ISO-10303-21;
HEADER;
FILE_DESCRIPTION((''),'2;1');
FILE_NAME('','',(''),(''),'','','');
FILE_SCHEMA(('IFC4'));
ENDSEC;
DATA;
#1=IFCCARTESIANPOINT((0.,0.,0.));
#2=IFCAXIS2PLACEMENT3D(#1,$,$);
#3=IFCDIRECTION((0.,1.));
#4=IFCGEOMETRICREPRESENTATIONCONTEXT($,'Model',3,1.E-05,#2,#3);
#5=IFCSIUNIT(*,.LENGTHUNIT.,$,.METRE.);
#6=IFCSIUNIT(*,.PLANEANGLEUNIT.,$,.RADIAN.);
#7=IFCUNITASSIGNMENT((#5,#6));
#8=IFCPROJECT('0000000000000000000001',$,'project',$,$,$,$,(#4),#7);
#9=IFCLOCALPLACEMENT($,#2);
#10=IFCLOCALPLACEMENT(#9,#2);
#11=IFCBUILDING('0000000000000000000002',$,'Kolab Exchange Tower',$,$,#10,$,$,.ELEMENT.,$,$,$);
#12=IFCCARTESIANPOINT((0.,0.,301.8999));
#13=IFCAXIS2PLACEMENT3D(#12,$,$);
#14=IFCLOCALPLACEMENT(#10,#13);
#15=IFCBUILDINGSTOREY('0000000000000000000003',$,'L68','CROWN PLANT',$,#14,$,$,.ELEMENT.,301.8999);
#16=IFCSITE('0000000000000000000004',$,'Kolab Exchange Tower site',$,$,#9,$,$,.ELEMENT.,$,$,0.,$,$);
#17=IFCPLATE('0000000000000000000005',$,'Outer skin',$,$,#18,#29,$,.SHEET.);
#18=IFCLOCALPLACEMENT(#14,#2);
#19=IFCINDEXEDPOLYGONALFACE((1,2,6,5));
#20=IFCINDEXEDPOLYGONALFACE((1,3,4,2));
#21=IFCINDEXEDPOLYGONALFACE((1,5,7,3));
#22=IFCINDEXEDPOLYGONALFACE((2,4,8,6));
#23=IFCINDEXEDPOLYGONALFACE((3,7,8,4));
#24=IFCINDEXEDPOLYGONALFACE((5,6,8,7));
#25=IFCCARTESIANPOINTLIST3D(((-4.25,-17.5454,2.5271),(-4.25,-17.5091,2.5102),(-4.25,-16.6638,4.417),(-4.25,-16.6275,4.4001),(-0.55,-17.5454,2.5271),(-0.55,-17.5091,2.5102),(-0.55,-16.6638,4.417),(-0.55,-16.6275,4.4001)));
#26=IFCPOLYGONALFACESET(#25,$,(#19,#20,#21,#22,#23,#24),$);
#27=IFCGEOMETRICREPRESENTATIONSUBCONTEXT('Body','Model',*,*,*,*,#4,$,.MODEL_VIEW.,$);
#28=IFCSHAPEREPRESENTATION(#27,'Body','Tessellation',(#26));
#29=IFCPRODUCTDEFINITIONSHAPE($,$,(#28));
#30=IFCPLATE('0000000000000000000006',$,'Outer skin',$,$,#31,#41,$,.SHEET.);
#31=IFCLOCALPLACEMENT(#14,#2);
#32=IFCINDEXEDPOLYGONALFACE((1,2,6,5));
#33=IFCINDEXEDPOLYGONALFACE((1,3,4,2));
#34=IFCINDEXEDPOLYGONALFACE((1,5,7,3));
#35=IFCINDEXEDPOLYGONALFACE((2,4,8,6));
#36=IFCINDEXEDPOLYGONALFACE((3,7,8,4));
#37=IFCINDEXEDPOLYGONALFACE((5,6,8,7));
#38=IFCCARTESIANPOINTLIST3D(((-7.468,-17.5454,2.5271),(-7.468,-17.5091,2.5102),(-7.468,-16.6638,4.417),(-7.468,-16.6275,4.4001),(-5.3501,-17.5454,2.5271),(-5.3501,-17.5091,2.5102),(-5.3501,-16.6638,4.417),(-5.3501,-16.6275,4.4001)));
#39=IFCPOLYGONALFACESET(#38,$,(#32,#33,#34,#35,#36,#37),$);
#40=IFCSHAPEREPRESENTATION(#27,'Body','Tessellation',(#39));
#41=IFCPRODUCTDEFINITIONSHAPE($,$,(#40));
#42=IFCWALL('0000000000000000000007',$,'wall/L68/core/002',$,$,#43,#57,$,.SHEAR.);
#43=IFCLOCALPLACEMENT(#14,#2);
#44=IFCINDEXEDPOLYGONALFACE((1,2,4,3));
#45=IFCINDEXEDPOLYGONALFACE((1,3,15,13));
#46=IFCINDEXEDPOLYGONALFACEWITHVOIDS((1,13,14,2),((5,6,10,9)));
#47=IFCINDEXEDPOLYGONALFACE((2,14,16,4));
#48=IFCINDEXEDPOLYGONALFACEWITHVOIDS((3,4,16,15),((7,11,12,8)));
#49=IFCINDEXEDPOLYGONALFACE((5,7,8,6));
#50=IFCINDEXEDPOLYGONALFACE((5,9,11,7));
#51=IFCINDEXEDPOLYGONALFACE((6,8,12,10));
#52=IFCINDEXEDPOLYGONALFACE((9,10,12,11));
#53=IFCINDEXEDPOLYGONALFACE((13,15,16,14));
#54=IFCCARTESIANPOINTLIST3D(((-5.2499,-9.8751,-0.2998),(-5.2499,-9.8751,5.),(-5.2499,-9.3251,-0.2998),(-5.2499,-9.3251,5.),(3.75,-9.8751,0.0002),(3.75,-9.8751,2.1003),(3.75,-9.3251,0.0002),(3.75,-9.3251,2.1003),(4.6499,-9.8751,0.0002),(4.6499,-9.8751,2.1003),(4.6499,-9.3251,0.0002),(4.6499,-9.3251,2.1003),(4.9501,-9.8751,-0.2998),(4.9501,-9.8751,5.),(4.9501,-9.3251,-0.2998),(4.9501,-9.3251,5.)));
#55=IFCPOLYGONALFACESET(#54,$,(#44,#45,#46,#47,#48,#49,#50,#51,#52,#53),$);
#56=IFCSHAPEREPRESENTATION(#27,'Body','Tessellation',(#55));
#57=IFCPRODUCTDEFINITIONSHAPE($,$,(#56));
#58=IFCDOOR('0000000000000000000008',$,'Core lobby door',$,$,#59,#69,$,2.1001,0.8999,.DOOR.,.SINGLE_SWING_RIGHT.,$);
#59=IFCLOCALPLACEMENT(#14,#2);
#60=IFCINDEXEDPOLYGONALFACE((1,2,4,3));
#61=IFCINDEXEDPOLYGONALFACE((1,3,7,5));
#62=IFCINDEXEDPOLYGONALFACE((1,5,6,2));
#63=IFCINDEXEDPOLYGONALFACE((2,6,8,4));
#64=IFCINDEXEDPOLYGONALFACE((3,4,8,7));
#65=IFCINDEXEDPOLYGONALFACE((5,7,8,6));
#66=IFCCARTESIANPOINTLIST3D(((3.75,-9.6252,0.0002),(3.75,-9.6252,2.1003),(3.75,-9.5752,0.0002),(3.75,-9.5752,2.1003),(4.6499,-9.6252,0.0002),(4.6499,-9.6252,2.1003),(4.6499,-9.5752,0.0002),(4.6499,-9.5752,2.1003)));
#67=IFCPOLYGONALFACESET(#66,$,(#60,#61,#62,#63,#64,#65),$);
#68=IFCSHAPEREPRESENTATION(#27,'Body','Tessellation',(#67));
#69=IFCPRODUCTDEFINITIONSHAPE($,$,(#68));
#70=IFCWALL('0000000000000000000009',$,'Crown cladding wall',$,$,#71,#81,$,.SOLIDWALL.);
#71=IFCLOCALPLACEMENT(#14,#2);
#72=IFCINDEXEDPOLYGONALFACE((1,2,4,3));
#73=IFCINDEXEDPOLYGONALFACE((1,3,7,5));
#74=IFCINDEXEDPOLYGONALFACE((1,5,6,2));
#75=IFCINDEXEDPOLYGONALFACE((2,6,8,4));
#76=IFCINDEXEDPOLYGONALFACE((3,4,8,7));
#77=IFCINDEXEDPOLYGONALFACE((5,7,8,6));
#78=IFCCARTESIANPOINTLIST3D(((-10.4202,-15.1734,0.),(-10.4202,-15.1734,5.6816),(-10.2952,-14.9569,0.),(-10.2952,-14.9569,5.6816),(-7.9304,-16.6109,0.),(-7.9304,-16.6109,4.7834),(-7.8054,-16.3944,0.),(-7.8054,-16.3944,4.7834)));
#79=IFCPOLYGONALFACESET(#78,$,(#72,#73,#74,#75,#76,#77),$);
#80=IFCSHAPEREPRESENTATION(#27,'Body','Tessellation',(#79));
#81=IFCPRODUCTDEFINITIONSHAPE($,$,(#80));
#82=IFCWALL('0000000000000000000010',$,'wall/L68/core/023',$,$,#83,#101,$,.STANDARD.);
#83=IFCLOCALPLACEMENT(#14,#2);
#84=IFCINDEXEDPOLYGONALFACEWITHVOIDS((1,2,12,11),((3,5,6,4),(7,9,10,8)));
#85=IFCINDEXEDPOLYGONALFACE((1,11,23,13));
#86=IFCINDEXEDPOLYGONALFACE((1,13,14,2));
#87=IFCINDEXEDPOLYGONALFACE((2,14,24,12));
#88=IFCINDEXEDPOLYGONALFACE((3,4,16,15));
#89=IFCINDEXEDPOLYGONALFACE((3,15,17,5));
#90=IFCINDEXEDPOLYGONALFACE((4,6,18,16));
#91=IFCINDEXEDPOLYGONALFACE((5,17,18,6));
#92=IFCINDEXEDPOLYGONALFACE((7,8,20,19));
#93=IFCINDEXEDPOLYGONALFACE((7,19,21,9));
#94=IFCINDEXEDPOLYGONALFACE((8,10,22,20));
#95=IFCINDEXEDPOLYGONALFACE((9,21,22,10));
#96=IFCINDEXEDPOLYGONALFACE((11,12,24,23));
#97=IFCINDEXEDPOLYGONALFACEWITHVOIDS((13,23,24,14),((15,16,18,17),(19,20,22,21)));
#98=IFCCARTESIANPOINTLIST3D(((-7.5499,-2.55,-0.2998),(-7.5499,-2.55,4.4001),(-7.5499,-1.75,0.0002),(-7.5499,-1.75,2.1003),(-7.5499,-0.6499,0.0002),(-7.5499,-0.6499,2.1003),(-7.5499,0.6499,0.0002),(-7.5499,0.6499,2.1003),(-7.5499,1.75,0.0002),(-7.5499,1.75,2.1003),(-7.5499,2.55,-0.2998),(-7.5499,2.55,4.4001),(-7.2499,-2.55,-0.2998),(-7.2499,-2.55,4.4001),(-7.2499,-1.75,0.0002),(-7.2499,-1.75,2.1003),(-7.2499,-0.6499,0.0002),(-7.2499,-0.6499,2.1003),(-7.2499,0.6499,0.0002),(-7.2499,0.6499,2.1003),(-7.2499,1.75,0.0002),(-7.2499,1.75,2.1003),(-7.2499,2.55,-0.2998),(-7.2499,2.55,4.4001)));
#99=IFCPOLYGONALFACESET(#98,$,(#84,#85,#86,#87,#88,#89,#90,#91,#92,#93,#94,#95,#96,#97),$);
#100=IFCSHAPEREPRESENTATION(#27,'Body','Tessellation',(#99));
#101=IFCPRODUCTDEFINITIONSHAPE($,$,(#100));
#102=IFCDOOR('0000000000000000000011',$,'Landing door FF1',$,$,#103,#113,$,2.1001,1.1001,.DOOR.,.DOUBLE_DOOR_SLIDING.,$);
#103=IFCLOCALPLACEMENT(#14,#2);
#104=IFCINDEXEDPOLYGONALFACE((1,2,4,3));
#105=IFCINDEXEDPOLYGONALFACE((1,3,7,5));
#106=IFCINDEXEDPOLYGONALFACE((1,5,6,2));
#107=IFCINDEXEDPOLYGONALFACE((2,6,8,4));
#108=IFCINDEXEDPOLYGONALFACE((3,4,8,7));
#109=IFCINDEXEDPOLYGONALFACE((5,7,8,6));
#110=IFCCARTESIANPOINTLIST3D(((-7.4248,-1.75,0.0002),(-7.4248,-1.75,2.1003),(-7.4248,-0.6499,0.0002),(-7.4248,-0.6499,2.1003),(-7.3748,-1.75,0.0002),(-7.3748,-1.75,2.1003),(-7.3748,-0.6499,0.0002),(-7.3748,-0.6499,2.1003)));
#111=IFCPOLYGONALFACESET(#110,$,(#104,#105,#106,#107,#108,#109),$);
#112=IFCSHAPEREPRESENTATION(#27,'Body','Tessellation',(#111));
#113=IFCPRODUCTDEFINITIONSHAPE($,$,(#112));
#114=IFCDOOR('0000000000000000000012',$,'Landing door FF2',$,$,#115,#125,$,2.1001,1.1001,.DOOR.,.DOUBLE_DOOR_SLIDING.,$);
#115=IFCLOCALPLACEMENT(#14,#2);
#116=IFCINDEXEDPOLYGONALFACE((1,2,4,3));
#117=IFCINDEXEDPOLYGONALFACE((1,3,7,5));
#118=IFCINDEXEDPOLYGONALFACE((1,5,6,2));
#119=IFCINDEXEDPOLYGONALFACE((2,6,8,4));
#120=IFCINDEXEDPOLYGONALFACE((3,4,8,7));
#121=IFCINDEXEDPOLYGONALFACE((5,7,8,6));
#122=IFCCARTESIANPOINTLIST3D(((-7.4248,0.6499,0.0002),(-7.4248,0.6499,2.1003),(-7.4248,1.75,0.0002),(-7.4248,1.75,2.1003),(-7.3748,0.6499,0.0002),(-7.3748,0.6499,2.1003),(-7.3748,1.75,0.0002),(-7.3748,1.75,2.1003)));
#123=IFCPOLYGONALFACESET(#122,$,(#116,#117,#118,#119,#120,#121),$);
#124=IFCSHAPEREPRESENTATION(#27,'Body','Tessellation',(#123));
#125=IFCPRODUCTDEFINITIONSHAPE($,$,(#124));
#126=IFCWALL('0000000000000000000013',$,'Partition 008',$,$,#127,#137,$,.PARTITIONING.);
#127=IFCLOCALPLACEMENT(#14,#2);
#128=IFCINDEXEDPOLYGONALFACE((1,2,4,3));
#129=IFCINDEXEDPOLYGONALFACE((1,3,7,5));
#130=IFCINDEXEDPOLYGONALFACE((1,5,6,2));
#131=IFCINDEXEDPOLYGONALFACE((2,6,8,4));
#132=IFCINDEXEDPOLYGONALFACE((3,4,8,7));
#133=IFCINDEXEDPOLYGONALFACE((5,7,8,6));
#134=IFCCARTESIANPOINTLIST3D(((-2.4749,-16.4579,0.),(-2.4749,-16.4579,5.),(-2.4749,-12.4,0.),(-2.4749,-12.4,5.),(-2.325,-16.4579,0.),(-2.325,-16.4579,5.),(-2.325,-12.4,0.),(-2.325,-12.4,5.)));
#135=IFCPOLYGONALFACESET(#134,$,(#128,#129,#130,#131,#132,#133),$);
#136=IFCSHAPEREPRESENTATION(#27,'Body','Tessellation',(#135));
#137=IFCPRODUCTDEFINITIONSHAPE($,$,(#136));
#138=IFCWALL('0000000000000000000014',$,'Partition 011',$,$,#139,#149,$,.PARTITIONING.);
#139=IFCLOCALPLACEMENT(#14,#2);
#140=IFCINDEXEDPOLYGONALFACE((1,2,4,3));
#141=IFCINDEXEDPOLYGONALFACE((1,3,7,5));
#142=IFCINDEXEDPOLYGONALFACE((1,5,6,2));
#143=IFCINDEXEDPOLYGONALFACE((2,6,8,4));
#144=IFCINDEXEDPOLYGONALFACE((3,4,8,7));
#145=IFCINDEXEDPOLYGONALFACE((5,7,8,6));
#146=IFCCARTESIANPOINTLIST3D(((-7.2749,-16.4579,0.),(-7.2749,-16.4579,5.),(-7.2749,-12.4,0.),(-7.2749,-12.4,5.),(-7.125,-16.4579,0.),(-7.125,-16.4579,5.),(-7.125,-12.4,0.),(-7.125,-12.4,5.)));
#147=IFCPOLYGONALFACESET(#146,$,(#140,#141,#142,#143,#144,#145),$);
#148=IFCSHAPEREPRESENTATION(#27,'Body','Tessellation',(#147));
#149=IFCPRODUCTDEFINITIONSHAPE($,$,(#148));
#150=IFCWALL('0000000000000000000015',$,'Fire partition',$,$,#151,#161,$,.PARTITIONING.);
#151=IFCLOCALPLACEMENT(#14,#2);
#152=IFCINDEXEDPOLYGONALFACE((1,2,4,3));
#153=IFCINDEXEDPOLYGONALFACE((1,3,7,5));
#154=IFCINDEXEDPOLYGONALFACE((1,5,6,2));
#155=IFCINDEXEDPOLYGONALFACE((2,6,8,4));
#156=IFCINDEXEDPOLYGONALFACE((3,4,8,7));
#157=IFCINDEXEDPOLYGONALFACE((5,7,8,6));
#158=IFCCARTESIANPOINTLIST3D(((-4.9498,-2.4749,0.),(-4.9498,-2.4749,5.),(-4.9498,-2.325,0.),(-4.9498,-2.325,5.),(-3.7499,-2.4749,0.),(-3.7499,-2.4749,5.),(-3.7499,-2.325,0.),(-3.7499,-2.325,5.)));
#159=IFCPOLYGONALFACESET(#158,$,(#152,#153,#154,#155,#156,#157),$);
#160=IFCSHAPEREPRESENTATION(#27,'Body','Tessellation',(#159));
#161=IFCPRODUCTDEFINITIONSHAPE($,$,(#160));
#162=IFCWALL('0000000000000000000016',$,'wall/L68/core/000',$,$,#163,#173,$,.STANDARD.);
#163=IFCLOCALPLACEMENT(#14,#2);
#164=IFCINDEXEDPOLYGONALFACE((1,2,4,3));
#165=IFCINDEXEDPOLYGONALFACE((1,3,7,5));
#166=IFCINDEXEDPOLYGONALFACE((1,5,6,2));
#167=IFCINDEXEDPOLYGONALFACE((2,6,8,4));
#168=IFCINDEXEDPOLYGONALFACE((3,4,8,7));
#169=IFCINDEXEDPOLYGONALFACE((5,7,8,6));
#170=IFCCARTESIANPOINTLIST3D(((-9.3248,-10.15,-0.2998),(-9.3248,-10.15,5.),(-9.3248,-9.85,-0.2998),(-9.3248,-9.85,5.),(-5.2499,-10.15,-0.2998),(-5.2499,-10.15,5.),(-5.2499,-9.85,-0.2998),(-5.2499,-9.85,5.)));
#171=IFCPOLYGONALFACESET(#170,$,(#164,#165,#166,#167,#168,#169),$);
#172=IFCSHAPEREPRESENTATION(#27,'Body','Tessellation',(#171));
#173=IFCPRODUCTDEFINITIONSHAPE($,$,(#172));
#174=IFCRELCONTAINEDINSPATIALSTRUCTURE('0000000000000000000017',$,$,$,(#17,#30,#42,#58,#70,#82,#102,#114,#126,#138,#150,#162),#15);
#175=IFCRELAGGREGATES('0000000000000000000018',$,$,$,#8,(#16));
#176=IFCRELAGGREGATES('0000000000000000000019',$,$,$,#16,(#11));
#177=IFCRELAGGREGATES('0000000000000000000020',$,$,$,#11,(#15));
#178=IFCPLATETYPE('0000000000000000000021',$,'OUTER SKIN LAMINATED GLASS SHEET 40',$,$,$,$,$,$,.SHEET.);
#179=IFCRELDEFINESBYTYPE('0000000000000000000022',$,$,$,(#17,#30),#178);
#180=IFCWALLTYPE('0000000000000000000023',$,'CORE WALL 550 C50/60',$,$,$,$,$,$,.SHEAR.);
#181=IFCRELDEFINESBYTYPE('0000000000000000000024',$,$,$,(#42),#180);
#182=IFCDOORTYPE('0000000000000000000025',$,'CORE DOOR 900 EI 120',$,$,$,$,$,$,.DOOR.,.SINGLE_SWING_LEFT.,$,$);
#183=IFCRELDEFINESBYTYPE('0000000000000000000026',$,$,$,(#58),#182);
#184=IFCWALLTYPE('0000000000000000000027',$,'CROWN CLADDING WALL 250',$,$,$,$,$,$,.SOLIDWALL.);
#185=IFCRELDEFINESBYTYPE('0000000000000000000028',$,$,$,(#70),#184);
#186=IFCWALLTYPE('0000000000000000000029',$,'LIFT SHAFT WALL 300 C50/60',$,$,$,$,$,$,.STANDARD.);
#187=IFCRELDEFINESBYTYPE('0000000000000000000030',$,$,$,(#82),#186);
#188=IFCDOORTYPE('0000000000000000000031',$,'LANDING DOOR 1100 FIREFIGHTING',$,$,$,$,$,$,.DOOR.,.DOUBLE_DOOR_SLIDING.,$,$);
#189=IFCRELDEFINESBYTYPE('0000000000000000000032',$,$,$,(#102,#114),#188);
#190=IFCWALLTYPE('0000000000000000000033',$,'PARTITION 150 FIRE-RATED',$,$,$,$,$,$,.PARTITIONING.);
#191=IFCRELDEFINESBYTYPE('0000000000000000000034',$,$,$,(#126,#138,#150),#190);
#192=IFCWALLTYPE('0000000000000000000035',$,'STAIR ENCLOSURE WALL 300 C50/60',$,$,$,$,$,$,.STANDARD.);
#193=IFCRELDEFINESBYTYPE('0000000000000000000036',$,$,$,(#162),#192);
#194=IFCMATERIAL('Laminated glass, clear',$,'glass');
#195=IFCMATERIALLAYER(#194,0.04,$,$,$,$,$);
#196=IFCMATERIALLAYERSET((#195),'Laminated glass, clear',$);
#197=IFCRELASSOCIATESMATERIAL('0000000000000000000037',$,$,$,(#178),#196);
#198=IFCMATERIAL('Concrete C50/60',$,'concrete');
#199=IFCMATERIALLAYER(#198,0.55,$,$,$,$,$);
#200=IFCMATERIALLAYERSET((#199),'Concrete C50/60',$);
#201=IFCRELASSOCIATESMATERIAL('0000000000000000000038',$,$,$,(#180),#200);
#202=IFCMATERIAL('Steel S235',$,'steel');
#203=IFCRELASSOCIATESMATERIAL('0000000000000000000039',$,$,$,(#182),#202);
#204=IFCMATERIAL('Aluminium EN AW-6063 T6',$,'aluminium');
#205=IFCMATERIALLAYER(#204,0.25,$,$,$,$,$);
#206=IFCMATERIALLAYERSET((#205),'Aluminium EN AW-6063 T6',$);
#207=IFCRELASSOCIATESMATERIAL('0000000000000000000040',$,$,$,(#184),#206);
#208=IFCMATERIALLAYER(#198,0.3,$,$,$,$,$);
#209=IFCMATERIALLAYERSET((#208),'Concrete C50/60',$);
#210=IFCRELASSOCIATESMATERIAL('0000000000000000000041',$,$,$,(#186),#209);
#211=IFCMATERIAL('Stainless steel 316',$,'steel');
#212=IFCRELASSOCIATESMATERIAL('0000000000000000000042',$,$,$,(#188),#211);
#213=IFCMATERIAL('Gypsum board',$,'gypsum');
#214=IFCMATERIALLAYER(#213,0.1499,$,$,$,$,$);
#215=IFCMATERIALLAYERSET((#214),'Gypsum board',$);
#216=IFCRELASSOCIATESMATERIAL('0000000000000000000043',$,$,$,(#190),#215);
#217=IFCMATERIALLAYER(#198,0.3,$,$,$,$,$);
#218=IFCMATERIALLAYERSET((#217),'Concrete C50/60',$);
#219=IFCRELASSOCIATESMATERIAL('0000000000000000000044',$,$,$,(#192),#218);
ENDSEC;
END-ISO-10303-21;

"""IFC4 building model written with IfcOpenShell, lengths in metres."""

from ifc_helpers import new_model, si_unit, direction, frame, frame_2d, origin, place, context, subcontext, project, spatial, polyline, rectangle, outline, extrude, material, layer, layer_set, type_object, element, fill, save


model = new_model("IFC4")

# Units and contexts
model_context = context("Model", 3, precision=1e-05, world=origin(), true_north=direction((0.0, 1.0)))
body_context = subcontext(model_context, "Body", "Model", "MODEL_VIEW")
ifc_project = project(units=[si_unit("LENGTHUNIT", "METRE"), si_unit("PLANEANGLEUNIT", "RADIAN")], contexts=[model_context])

# Site, building, storey
site_placement = place(None, origin())
site = spatial("IfcSite", under=ifc_project, at=site_placement, Name="Kolab Exchange Tower site", CompositionType="ELEMENT", RefElevation=0.0)
building_placement = place(site_placement, origin())
building = spatial("IfcBuilding", under=site, at=building_placement, Name="Kolab Exchange Tower", CompositionType="ELEMENT")
storey_placement = place(building_placement, frame((0.0, 0.0, 301.8999)))
storey = spatial("IfcBuildingStorey", under=building, at=storey_placement, Name="L68", Description="CROWN PLANT", CompositionType="ELEMENT", Elevation=301.8999)

# Shared definitions
ifc_material_1 = material(Name="Concrete C50/60", Category="concrete")

# Plates
ifc_material_2 = material(Name="Laminated glass, clear", Category="glass")
ifc_layer_1 = layer(ifc_material_2, 0.04)
ifc_layer_set_1 = layer_set([ifc_layer_1], Name="Laminated glass, clear")
plate_type = type_object("IfcPlateType", Name="OUTER SKIN LAMINATED GLASS SHEET 40", PredefinedType="SHEET", material=ifc_layer_set_1)
plate_1_placement = place(storey_placement, frame((-0.55, -17.5454, 2.5271), z_axis=(0.0, -0.906249, 0.422744), x_axis=(-1.0, 0.0, 0.0)))
element("IfcPlate", 1, at=plate_1_placement, inside=storey, type_object=plate_type, Name="Outer skin", PredefinedType="SHEET", context=body_context, shape_type="SweptSolid", body=[
    extrude(outline(polyline([(0.0, 0.0), (3.7, 0.0), (3.7, -2.0854), (0.0, -2.0854), (0.0, 0.0)])), origin(), (0.0, 0.0, -1.0), 0.04),
])
plate_2_placement = place(storey_placement, frame((-5.3501, -17.5454, 2.5271), z_axis=(0.0, -0.906249, 0.422744), x_axis=(-1.0, 0.0, 0.0)))
element("IfcPlate", 2, at=plate_2_placement, inside=storey, type_object=plate_type, Name="Outer skin", PredefinedType="SHEET", context=body_context, shape_type="SweptSolid", body=[
    extrude(outline(polyline([(0.0, 0.0), (2.1179, 0.0), (2.1179, -2.0854), (0.0, -2.0854), (0.0, 0.0)])), origin(), (0.0, 0.0, -1.0), 0.04),
])

# Wall, opening, door
ifc_layer_2 = layer(ifc_material_1, 0.55)
ifc_layer_set_2 = layer_set([ifc_layer_2], Name="Concrete C50/60")
wall_type_1 = type_object("IfcWallType", Name="CORE WALL 550 C50/60", PredefinedType="SHEAR", material=ifc_layer_set_2)
wall_1_placement = place(storey_placement, frame((-5.25, -9.6001, -0.2998), z_axis=(0.0, 0.0, 1.0), x_axis=(1.0, 0.0, 0.0)))
wall_1 = element("IfcWall", 3, at=wall_1_placement, inside=storey, type_object=wall_type_1, Name="wall/L68/core/002", PredefinedType="SHEAR", context=body_context, shape_type="SweptSolid", body=[
    extrude(rectangle(XDim=10.2, YDim=0.55, at=frame_2d((5.1001, 0.0))), origin(), (0.0, 0.0, 1.0), 5.2998),
])
opening_1_placement = place(wall_1_placement, frame((9.0, 0.0, 0.3)))
opening_1 = element("IfcOpeningElement", 4, at=opening_1_placement, cuts=wall_1, PredefinedType="OPENING", context=body_context, shape_type="SweptSolid", body=[
    extrude(rectangle(XDim=0.8999, YDim=2.1001, at=frame_2d((0.45, 1.05))), frame((0.0, 0.2852, 0.0), z_axis=(0.0, -1.0, 0.0), x_axis=(1.0, 0.0, 0.0)), (0.0, 0.0, 1.0), 0.5701),
])
ifc_material_3 = material(Name="Steel S235", Category="steel")
door_type_1 = type_object("IfcDoorType", Name="CORE DOOR 900 EI 120", OperationType="SINGLE_SWING_LEFT", PredefinedType="DOOR", material=ifc_material_3)
door_1_placement = place(opening_1_placement, origin())
door_1 = element("IfcDoor", 5, at=door_1_placement, inside=storey, type_object=door_type_1, Name="Core lobby door", OperationType="SINGLE_SWING_RIGHT", OverallHeight=2.1001, OverallWidth=0.8999, PredefinedType="DOOR", context=body_context, shape_type="SweptSolid", body=[
    extrude(rectangle(XDim=0.8999, YDim=2.1001, at=frame_2d((0.45, 1.05))), frame((0.0, 0.0249, 0.0), z_axis=(0.0, -1.0, 0.0), x_axis=(1.0, 0.0, 0.0)), (0.0, 0.0, 1.0), 0.05),
])
fill(opening_1, door_1)

# Wall
ifc_material_4 = material(Name="Aluminium EN AW-6063 T6", Category="aluminium")
ifc_layer_3 = layer(ifc_material_4, 0.25)
ifc_layer_set_3 = layer_set([ifc_layer_3], Name="Aluminium EN AW-6063 T6")
wall_type_2 = type_object("IfcWallType", Name="CROWN CLADDING WALL 250", PredefinedType="SOLIDWALL", material=ifc_layer_set_3)
wall_2_placement = place(storey_placement, frame((-7.8679, -16.5027, 0.0), z_axis=(0.0, 0.0, 1.0), x_axis=(-0.866019, 0.500012, 0.0)))
element("IfcWall", 6, at=wall_2_placement, inside=storey, type_object=wall_type_2, Name="Crown cladding wall", PredefinedType="SOLIDWALL", context=body_context, shape_type="SweptSolid", body=[
    extrude(outline(polyline([(0.0, 0.0), (2.875, 0.0), (2.875, 5.6816), (0.0, 4.7834), (0.0, 0.0)])), frame((0.0, 0.125, 0.0), z_axis=(0.0, -1.0, 0.0), x_axis=(1.0, 0.0, 0.0)), (0.0, 0.0, 1.0), 0.25),
])

# Wall, openings, doors
ifc_layer_4 = layer(ifc_material_1, 0.3)
ifc_layer_set_4 = layer_set([ifc_layer_4], Name="Concrete C50/60")
wall_type_3 = type_object("IfcWallType", Name="LIFT SHAFT WALL 300 C50/60", PredefinedType="STANDARD", material=ifc_layer_set_4)
wall_3_placement = place(storey_placement, frame((-7.3999, -2.55, -0.2998), z_axis=(0.0, 0.0, 1.0), x_axis=(0.0, 1.0, 0.0)))
wall_3 = element("IfcWall", 7, at=wall_3_placement, inside=storey, type_object=wall_type_3, Name="wall/L68/core/023", PredefinedType="STANDARD", context=body_context, shape_type="SweptSolid", body=[
    extrude(rectangle(XDim=5.1001, YDim=0.3, at=frame_2d((2.55, 0.0))), origin(), (0.0, 0.0, 1.0), 4.7),
])
opening_2_placement = place(wall_3_placement, frame((0.8, 0.0, 0.3)))
opening_2 = element("IfcOpeningElement", 8, at=opening_2_placement, cuts=wall_3, PredefinedType="OPENING", context=body_context, shape_type="SweptSolid", body=[
    extrude(rectangle(XDim=1.1001, YDim=2.1001, at=frame_2d((0.55, 1.05))), frame((0.0, 0.1602, 0.0), z_axis=(0.0, -1.0, 0.0), x_axis=(1.0, 0.0, 0.0)), (0.0, 0.0, 1.0), 0.3201),
])
opening_3_placement = place(wall_3_placement, frame((3.2, 0.0, 0.3)))
opening_3 = element("IfcOpeningElement", 9, at=opening_3_placement, cuts=wall_3, PredefinedType="OPENING", context=body_context, shape_type="SweptSolid", body=[
    extrude(rectangle(XDim=1.1001, YDim=2.1001, at=frame_2d((0.55, 1.05))), frame((0.0, 0.1602, 0.0), z_axis=(0.0, -1.0, 0.0), x_axis=(1.0, 0.0, 0.0)), (0.0, 0.0, 1.0), 0.3201),
])
ifc_material_5 = material(Name="Stainless steel 316", Category="steel")
door_type_2 = type_object("IfcDoorType", Name="LANDING DOOR 1100 FIREFIGHTING", OperationType="DOUBLE_DOOR_SLIDING", PredefinedType="DOOR", material=ifc_material_5)
door_2_placement = place(opening_2_placement, origin())
door_2 = element("IfcDoor", 10, at=door_2_placement, inside=storey, type_object=door_type_2, Name="Landing door FF1", OperationType="DOUBLE_DOOR_SLIDING", OverallHeight=2.1001, OverallWidth=1.1001, PredefinedType="DOOR", context=body_context, shape_type="SweptSolid", body=[
    extrude(rectangle(XDim=1.1001, YDim=2.1001, at=frame_2d((0.55, 1.05))), frame((0.0, 0.0249, 0.0), z_axis=(0.0, -1.0, 0.0), x_axis=(1.0, 0.0, 0.0)), (0.0, 0.0, 1.0), 0.05),
])
fill(opening_2, door_2)
door_3_placement = place(opening_3_placement, origin())
door_3 = element("IfcDoor", 11, at=door_3_placement, inside=storey, type_object=door_type_2, Name="Landing door FF2", OperationType="DOUBLE_DOOR_SLIDING", OverallHeight=2.1001, OverallWidth=1.1001, PredefinedType="DOOR", context=body_context, shape_type="SweptSolid", body=[
    extrude(rectangle(XDim=1.1001, YDim=2.1001, at=frame_2d((0.55, 1.05))), frame((0.0, 0.0249, 0.0), z_axis=(0.0, -1.0, 0.0), x_axis=(1.0, 0.0, 0.0)), (0.0, 0.0, 1.0), 0.05),
])
fill(opening_3, door_3)

# Walls
ifc_material_6 = material(Name="Gypsum board", Category="gypsum")
ifc_layer_5 = layer(ifc_material_6, 0.1499)
ifc_layer_set_5 = layer_set([ifc_layer_5], Name="Gypsum board")
wall_type_4 = type_object("IfcWallType", Name="PARTITION 150 FIRE-RATED", PredefinedType="PARTITIONING", material=ifc_layer_set_5)
for number, where, z_axis, x_axis, name in (
    (12, (-2.3999, -16.4578, 0.0), (0.0, 0.0, 1.0), (0.0, 1.0, 0.0), "Partition 008"),
    (13, (-7.2, -16.4578, 0.0), (0.0, 0.0, 1.0), (0.0, 1.0, 0.0), "Partition 011"),
):
    element("IfcWall", number, at=place(storey_placement, frame(where, z_axis=z_axis, x_axis=x_axis)), inside=storey, type_object=wall_type_4, Name=name, PredefinedType="PARTITIONING", context=body_context, shape_type="SweptSolid", body=[
        extrude(rectangle(XDim=4.0579, YDim=0.1499, at=frame_2d((2.0288, 0.0))), origin(), (0.0, 0.0, 1.0), 5.0),
    ])
wall_4_placement = place(storey_placement, frame((-4.95, -2.3999, 0.0), z_axis=(0.0, 0.0, 1.0), x_axis=(1.0, 0.0, 0.0)))
element("IfcWall", 14, at=wall_4_placement, inside=storey, type_object=wall_type_4, Name="Fire partition", PredefinedType="PARTITIONING", context=body_context, shape_type="SweptSolid", body=[
    extrude(rectangle(XDim=1.2, YDim=0.1499, at=frame_2d((0.6001, 0.0))), origin(), (0.0, 0.0, 1.0), 5.0),
])
ifc_layer_6 = layer(ifc_material_1, 0.3)
ifc_layer_set_6 = layer_set([ifc_layer_6], Name="Concrete C50/60")
wall_type_5 = type_object("IfcWallType", Name="STAIR ENCLOSURE WALL 300 C50/60", PredefinedType="STANDARD", material=ifc_layer_set_6)
wall_5_placement = place(storey_placement, frame((-9.325, -10.0, -0.2998), z_axis=(0.0, 0.0, 1.0), x_axis=(1.0, 0.0, 0.0)))
element("IfcWall", 15, at=wall_5_placement, inside=storey, type_object=wall_type_5, Name="wall/L68/core/000", PredefinedType="STANDARD", context=body_context, shape_type="SweptSolid", body=[
    extrude(rectangle(XDim=4.075, YDim=0.3, at=frame_2d((2.0376, 0.0))), origin(), (0.0, 0.0, 1.0), 5.2998),
])

save(model, "model.ifc")
